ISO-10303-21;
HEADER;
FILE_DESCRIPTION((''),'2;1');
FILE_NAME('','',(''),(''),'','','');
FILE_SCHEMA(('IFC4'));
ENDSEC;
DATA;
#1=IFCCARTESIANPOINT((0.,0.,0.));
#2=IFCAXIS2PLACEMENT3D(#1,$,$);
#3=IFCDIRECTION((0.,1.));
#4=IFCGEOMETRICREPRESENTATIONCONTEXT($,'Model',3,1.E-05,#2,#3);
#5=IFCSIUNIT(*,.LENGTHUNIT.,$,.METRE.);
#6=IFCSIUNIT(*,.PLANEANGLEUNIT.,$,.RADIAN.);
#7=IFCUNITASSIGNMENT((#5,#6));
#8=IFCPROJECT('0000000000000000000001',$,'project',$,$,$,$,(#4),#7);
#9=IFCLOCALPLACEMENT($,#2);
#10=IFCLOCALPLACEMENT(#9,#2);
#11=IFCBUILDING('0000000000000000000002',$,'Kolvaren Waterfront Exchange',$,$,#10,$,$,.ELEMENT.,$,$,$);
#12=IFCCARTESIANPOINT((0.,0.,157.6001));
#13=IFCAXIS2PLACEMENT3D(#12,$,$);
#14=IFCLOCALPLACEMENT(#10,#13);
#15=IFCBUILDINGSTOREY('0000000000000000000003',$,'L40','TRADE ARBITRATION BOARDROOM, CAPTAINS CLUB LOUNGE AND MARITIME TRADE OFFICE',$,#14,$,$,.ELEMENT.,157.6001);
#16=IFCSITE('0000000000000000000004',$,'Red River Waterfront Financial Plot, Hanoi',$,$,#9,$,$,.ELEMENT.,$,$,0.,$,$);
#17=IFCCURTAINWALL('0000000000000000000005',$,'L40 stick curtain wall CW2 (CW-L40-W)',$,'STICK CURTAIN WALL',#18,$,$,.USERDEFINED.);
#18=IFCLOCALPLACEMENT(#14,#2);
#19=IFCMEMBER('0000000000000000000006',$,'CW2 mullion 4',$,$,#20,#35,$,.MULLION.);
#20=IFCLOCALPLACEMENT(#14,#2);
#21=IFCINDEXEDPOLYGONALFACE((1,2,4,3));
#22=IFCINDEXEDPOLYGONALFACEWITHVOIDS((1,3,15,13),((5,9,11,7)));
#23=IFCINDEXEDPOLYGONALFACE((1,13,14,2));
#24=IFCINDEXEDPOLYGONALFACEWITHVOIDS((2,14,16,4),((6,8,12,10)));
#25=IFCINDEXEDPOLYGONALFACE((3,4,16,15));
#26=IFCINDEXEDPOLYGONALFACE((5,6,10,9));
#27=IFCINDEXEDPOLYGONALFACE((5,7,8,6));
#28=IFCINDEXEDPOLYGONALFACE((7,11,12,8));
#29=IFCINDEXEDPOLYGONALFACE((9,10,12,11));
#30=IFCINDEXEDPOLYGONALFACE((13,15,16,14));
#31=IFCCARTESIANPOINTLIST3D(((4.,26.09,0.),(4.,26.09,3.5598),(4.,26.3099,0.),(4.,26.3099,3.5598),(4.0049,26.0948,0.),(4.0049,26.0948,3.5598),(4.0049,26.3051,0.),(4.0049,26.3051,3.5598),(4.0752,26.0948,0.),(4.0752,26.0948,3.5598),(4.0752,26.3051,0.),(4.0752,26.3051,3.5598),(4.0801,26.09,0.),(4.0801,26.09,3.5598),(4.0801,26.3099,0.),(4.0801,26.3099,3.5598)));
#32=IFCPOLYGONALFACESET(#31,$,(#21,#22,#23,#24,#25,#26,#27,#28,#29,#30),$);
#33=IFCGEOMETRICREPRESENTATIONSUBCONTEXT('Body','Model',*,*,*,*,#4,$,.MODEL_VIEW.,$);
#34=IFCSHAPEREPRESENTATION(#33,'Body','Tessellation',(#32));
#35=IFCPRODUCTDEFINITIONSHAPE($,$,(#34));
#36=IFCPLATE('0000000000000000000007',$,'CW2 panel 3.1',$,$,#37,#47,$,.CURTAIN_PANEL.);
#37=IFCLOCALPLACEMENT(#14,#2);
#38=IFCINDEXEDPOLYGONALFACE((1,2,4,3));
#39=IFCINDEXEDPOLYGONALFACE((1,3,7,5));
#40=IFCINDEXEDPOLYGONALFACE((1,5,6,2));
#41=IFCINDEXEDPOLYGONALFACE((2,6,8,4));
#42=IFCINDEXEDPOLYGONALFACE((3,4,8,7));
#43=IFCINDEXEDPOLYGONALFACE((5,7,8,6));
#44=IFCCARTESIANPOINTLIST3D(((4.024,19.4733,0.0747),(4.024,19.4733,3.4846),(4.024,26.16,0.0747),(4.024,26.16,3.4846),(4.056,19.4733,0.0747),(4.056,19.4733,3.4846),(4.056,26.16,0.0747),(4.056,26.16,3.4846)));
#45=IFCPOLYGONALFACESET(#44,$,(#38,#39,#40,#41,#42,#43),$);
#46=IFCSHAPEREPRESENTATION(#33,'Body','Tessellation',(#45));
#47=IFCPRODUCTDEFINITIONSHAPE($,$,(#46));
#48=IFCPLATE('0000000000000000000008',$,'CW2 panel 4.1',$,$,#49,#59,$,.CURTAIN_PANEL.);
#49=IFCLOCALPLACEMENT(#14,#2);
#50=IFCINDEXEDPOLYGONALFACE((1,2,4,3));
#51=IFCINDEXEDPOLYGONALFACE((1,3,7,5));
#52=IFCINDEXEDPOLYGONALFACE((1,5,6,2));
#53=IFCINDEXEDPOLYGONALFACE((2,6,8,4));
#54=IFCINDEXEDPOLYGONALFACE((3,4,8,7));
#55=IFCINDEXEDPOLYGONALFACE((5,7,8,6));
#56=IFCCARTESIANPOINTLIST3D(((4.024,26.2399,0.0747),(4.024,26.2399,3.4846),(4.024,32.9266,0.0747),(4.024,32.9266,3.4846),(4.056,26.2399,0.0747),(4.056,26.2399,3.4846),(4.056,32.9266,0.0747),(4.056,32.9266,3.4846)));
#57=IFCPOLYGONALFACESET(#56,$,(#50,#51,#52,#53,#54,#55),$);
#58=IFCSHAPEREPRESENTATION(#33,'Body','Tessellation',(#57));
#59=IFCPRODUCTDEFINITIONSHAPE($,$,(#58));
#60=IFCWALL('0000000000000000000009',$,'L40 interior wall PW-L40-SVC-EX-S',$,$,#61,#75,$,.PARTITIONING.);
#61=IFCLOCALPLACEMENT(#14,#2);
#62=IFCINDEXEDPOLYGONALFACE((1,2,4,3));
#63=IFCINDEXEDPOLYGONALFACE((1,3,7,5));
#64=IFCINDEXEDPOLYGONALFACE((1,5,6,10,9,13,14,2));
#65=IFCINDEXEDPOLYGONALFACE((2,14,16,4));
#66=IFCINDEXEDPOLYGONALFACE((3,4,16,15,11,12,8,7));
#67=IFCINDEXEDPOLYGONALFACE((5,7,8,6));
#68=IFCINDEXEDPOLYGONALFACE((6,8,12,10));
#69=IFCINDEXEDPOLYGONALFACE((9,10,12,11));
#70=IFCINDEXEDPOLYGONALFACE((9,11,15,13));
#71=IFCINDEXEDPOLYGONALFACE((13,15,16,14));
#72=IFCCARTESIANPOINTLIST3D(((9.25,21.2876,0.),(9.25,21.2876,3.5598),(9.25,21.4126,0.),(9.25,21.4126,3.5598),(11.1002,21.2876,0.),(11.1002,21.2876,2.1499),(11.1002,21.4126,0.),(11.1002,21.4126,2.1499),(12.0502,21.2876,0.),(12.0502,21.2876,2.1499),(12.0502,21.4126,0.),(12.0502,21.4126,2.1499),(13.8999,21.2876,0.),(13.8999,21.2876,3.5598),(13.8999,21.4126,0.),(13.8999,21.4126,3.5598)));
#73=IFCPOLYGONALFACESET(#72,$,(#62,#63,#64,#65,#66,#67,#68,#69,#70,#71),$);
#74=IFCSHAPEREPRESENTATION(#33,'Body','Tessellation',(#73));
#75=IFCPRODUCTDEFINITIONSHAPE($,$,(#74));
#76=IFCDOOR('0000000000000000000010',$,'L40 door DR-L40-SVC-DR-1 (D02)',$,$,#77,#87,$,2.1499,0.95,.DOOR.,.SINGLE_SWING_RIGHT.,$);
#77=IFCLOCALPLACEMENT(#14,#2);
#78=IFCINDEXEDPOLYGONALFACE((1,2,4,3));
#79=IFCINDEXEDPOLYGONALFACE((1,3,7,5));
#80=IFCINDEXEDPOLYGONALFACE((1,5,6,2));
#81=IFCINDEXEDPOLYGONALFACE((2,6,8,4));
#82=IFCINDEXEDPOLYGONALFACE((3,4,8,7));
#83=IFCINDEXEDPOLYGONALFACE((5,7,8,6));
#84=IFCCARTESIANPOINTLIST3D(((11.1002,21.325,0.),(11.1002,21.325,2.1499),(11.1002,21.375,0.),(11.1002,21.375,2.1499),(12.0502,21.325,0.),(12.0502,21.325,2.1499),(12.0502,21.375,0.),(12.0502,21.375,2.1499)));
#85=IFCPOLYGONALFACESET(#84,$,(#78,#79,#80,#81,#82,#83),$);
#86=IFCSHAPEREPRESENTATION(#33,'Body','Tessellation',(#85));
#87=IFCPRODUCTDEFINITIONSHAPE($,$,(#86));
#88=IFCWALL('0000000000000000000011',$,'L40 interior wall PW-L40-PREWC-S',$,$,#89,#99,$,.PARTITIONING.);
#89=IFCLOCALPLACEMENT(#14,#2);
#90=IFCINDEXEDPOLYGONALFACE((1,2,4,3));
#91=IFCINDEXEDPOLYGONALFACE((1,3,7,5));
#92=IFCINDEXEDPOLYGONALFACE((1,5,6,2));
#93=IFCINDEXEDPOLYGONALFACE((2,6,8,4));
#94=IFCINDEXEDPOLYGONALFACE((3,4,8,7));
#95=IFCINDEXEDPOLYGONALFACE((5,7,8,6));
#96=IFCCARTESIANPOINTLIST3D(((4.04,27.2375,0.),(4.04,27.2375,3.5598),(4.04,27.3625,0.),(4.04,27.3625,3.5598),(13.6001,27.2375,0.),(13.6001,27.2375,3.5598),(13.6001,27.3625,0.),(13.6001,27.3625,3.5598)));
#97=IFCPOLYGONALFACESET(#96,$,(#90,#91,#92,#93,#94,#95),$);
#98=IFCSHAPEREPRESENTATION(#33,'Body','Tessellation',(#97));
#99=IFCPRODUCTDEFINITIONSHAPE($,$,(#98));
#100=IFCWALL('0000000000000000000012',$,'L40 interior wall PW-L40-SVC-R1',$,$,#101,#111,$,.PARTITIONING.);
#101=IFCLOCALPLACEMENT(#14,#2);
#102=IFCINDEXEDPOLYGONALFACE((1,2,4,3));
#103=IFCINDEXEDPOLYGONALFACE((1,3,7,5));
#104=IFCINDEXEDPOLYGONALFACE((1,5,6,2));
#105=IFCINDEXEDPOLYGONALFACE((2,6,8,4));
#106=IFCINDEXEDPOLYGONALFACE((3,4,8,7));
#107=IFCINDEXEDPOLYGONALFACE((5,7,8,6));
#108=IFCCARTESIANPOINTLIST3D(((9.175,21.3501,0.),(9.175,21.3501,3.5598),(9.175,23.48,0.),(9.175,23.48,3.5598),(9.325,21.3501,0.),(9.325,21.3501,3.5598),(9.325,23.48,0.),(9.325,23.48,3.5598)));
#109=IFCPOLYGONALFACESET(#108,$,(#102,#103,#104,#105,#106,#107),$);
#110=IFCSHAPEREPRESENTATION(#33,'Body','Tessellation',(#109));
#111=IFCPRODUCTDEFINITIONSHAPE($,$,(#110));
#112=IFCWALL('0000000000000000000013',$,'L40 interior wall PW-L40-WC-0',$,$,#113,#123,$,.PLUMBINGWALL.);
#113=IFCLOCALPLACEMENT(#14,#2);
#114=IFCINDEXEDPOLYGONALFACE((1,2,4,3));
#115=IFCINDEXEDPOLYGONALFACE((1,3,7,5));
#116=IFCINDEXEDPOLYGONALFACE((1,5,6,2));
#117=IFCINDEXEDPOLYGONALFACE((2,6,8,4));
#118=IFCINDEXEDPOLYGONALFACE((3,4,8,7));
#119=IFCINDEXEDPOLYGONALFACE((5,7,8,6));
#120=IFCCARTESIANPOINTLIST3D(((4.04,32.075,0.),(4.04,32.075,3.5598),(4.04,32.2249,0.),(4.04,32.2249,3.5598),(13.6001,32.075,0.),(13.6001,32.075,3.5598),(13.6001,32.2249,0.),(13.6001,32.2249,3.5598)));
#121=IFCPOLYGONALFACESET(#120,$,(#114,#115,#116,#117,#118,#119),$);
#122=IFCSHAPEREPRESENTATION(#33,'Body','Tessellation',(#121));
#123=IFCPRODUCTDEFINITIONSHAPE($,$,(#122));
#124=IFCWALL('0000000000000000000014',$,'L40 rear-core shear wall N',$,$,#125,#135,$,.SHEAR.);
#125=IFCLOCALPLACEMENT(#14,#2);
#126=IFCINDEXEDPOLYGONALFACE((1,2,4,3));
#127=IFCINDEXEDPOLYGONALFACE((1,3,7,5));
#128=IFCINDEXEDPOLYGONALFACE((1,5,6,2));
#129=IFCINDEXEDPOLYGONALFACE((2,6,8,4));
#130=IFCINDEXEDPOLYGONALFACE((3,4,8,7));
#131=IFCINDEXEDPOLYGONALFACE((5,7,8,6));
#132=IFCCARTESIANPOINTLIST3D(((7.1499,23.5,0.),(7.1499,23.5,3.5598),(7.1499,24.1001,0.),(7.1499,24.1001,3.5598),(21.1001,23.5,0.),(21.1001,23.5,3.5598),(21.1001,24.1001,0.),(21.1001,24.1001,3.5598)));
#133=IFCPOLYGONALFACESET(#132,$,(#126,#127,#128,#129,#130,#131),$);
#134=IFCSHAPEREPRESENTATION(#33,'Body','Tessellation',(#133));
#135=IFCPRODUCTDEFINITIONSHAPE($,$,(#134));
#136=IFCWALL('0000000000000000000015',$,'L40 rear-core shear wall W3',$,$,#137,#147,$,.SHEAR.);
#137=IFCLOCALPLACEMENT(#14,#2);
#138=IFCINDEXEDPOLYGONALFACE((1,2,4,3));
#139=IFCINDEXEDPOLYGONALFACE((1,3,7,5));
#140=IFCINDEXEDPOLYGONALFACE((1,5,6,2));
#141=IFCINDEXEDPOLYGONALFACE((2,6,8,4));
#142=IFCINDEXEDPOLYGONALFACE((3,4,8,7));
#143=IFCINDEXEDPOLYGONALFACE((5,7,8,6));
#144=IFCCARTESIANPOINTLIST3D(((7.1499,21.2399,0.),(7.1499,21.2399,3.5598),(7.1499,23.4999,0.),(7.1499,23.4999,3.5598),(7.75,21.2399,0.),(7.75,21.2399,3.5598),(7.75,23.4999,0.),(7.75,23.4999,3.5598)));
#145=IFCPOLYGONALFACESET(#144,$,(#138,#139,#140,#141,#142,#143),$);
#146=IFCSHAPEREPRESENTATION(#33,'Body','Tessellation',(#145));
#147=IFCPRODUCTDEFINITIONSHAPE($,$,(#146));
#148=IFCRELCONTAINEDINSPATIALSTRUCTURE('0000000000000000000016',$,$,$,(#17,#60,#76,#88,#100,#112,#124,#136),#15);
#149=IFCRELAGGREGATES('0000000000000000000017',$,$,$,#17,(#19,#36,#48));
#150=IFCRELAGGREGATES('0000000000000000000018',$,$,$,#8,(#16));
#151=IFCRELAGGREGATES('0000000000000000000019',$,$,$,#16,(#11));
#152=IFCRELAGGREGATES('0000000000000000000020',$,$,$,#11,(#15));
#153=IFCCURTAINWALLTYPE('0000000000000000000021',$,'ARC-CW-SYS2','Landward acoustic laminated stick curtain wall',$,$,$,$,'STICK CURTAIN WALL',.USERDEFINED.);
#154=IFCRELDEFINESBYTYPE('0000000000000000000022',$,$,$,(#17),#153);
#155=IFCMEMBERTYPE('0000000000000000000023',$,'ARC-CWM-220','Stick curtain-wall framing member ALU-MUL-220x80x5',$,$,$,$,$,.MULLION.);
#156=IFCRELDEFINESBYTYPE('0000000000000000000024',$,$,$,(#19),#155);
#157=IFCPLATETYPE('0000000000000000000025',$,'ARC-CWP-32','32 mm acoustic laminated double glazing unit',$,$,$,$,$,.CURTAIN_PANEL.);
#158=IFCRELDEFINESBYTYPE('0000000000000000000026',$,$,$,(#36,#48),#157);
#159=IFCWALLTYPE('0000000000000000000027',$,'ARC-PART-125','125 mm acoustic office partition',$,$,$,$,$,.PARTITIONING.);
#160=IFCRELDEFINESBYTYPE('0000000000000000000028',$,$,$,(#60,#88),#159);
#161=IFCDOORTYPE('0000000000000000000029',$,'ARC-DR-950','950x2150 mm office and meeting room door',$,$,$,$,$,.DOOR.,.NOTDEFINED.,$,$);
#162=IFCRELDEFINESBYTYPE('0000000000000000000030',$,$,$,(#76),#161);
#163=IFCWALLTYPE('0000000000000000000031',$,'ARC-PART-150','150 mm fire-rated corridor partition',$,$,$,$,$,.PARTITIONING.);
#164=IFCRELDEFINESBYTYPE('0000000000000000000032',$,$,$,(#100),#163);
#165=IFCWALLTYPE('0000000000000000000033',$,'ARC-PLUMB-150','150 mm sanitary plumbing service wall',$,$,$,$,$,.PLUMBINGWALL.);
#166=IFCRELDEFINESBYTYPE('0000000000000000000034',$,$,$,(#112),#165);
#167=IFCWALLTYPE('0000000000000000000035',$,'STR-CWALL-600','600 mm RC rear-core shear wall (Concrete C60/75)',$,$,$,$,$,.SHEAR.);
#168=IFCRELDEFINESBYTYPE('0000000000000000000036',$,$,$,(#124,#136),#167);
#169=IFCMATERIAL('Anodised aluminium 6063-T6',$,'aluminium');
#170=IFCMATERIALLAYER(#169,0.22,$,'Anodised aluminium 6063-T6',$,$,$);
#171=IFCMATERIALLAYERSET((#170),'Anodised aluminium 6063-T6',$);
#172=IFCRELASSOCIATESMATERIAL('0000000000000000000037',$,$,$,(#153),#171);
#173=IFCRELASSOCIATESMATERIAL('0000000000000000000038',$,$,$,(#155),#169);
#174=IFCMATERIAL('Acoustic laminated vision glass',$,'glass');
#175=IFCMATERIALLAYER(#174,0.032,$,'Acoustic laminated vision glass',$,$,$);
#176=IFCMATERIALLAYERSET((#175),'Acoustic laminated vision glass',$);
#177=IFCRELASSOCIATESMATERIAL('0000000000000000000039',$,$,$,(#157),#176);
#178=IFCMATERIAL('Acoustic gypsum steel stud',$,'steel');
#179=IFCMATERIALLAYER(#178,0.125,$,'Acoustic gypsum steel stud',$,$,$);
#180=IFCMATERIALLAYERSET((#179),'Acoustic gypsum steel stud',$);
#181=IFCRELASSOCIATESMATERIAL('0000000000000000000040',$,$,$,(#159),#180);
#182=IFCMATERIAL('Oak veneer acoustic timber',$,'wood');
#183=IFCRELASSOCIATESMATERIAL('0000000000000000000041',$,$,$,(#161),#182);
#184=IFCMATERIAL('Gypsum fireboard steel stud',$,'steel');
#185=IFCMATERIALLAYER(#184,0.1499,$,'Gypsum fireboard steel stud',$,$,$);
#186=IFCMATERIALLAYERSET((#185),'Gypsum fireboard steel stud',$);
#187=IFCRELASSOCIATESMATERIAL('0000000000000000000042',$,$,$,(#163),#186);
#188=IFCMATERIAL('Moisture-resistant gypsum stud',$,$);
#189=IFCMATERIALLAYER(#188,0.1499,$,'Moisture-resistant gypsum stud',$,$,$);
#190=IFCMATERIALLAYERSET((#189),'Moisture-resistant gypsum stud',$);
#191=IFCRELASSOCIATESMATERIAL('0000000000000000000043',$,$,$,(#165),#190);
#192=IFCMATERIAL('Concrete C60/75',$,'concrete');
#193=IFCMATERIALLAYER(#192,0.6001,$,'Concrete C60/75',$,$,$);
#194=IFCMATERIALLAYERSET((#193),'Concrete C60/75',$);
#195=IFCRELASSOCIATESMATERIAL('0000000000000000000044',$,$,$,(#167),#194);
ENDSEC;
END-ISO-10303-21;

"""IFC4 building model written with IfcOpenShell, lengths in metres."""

from ifc_helpers import new_model, si_unit, direction, frame, frame_2d, origin, origin_with_axes, origin_2d, place, context, subcontext, project, spatial, rectangle, hollow_rectangle, extrude, source, transform, mapped, material, layer, layer_set, material_profile, profile_set, type_object, element, fill, aggregate, save


model = new_model("IFC4")

# Units and contexts
model_context = context("Model", 3, precision=1e-05, world=origin(), true_north=direction((0.0, 1.0)))
body_context = subcontext(model_context, "Body", "Model", "MODEL_VIEW")
ifc_project = project(units=[si_unit("LENGTHUNIT", "METRE"), si_unit("PLANEANGLEUNIT", "RADIAN")], contexts=[model_context])

# Site, building, storey
site_placement = place(None, origin())
site = spatial("IfcSite", under=ifc_project, at=site_placement, Name="Red River Waterfront Financial Plot, Hanoi", CompositionType="ELEMENT", RefElevation=0.0)
building_placement = place(site_placement, origin())
building = spatial("IfcBuilding", under=site, at=building_placement, Name="Kolvaren Waterfront Exchange", CompositionType="ELEMENT")
storey_placement = place(building_placement, frame((0.0, 0.0, 157.6001)))
storey = spatial("IfcBuildingStorey", under=building, at=storey_placement, Name="L40", Description="TRADE ARBITRATION BOARDROOM, CAPTAINS CLUB LOUNGE AND MARITIME TRADE OFFICE", CompositionType="ELEMENT", Elevation=157.6001)

# Shared definitions
ifc_material_1 = material(Name="Concrete C60/75", Category="concrete")

# Curtain wall, member, plates
ifc_material_2 = material(Name="Anodised aluminium 6063-T6", Category="aluminium")
ifc_layer_1 = layer(ifc_material_2, 0.22, Name="Anodised aluminium 6063-T6")
ifc_layer_set_1 = layer_set([ifc_layer_1], Name="Anodised aluminium 6063-T6")
curtain_wall_type = type_object("IfcCurtainWallType", Name="ARC-CW-SYS2", Description="Landward acoustic laminated stick curtain wall", ElementType="STICK CURTAIN WALL", PredefinedType="USERDEFINED", material=ifc_layer_set_1)
curtain_wall_placement = place(storey_placement, origin())
curtain_wall = element("IfcCurtainWall", 1, at=curtain_wall_placement, inside=storey, type_object=curtain_wall_type, Name="L40 stick curtain wall CW2 (CW-L40-W)", ObjectType="STICK CURTAIN WALL", PredefinedType="USERDEFINED")
ifc_material_profile_1 = material_profile(ifc_material_2, hollow_rectangle(XDim=0.0801, YDim=0.22, WallThickness=0.0049, at=origin_2d()), Name="ALU-MUL-220x80x5")
ifc_profile_set_1 = profile_set([ifc_material_profile_1], Name="Anodised aluminium 6063-T6")
member_type_1 = type_object("IfcMemberType", Name="ARC-CWM-220", Description="Stick curtain-wall framing member ALU-MUL-220x80x5", PredefinedType="MULLION", material=ifc_profile_set_1)
shared_shape_1 = source(origin_with_axes(), body_context, "Body", "SweptSolid", [
    extrude(hollow_rectangle(XDim=0.0801, YDim=0.22, WallThickness=0.0049, at=origin_2d()), origin(), (0.0, 0.0, 1.0), 3.5598),
])
member_1_placement = place(storey_placement, frame((4.04, 26.2, 0.0), z_axis=(0.0, 0.0, 1.0), x_axis=(-1.0, 0.0, 0.0)))
member_1 = element("IfcMember", 2, at=member_1_placement, type_object=member_type_1, Name="CW2 mullion 4", PredefinedType="MULLION", context=body_context, shape_type="MappedRepresentation", body=[
    mapped(shared_shape_1, transform((0.0, 0.0, 0.0), x_axis=(1.0, 0.0, 0.0), y_axis=(0.0, 1.0, 0.0), z_axis=(0.0, 0.0, 1.0), scale=1.0)),
])
ifc_material_3 = material(Name="Acoustic laminated vision glass", Category="glass")
ifc_layer_2 = layer(ifc_material_3, 0.032, Name="Acoustic laminated vision glass")
ifc_layer_set_2 = layer_set([ifc_layer_2], Name="Acoustic laminated vision glass")
plate_type = type_object("IfcPlateType", Name="ARC-CWP-32", Description="32 mm acoustic laminated double glazing unit", PredefinedType="CURTAIN_PANEL", material=ifc_layer_set_2)
shared_shape_2 = source(origin_with_axes(), body_context, "Body", "SweptSolid", [
    extrude(rectangle(XDim=6.6868, YDim=0.032, at=origin_2d()), origin(), (0.0, 0.0, 1.0), 3.4099),
])
plate_1_placement = place(storey_placement, frame((4.04, 22.8167, 0.0747), z_axis=(0.0, 0.0, 1.0), x_axis=(0.0, 1.0, 0.0)))
plate_1 = element("IfcPlate", 3, at=plate_1_placement, type_object=plate_type, Name="CW2 panel 3.1", PredefinedType="CURTAIN_PANEL", context=body_context, shape_type="MappedRepresentation", body=[
    mapped(shared_shape_2, transform((0.0, 0.0, 0.0), x_axis=(1.0, 0.0, 0.0), y_axis=(0.0, 1.0, 0.0), z_axis=(0.0, 0.0, 1.0), scale=1.0)),
])
plate_2_placement = place(storey_placement, frame((4.04, 29.5833, 0.0747), z_axis=(0.0, 0.0, 1.0), x_axis=(0.0, 1.0, 0.0)))
plate_2 = element("IfcPlate", 4, at=plate_2_placement, type_object=plate_type, Name="CW2 panel 4.1", PredefinedType="CURTAIN_PANEL", context=body_context, shape_type="MappedRepresentation", body=[
    mapped(shared_shape_2, transform((0.0, 0.0, 0.0), x_axis=(1.0, 0.0, 0.0), y_axis=(0.0, 1.0, 0.0), z_axis=(0.0, 0.0, 1.0), scale=1.0)),
])
aggregate(curtain_wall, [member_1, plate_1, plate_2])

# Wall, opening, door
ifc_material_4 = material(Name="Acoustic gypsum steel stud", Category="steel")
ifc_layer_3 = layer(ifc_material_4, 0.125, Name="Acoustic gypsum steel stud")
ifc_layer_set_3 = layer_set([ifc_layer_3], Name="Acoustic gypsum steel stud")
wall_type_1 = type_object("IfcWallType", Name="ARC-PART-125", Description="125 mm acoustic office partition", PredefinedType="PARTITIONING", material=ifc_layer_set_3)
wall_1_placement = place(storey_placement, frame((9.25, 21.3501, 0.0), z_axis=(0.0, 0.0, 1.0), x_axis=(1.0, 0.0, 0.0)))
wall_1 = element("IfcWall", 5, at=wall_1_placement, inside=storey, type_object=wall_type_1, Name="L40 interior wall PW-L40-SVC-EX-S", PredefinedType="PARTITIONING", context=body_context, shape_type="SweptSolid", body=[
    extrude(rectangle(XDim=4.6499, YDim=0.125, at=frame_2d((2.325, 0.0))), origin(), (0.0, 0.0, 1.0), 3.5598),
])
opening_1_placement = place(wall_1_placement, frame((1.8501, 0.0, 0.0)))
opening_1 = element("IfcOpeningElement", 6, at=opening_1_placement, cuts=wall_1, PredefinedType="OPENING", context=body_context, shape_type="SweptSolid", body=[
    extrude(rectangle(XDim=0.95, YDim=2.1499, at=frame_2d((0.4751, 1.075))), frame((0.0, 0.0725, 0.0), z_axis=(0.0, -1.0, 0.0), x_axis=(1.0, 0.0, 0.0)), (0.0, 0.0, 1.0), 0.145),
])
ifc_material_5 = material(Name="Oak veneer acoustic timber", Category="wood")
door_type_1 = type_object("IfcDoorType", Name="ARC-DR-950", Description="950x2150 mm office and meeting room door", OperationType="NOTDEFINED", PredefinedType="DOOR", material=ifc_material_5)
door_1_placement = place(opening_1_placement, origin())
door_1 = element("IfcDoor", 7, at=door_1_placement, inside=storey, type_object=door_type_1, Name="L40 door DR-L40-SVC-DR-1 (D02)", OperationType="SINGLE_SWING_RIGHT", OverallHeight=2.1499, OverallWidth=0.95, PredefinedType="DOOR", context=body_context, shape_type="SweptSolid", body=[
    extrude(rectangle(XDim=0.95, YDim=2.1499, at=frame_2d((0.4751, 1.075))), frame((0.0, 0.0249, 0.0), z_axis=(0.0, -1.0, 0.0), x_axis=(1.0, 0.0, 0.0)), (0.0, 0.0, 1.0), 0.05),
])
fill(opening_1, door_1)

# Walls
wall_2_placement = place(storey_placement, frame((4.04, 27.3, 0.0), z_axis=(0.0, 0.0, 1.0), x_axis=(1.0, 0.0, 0.0)))
element("IfcWall", 8, at=wall_2_placement, inside=storey, type_object=wall_type_1, Name="L40 interior wall PW-L40-PREWC-S", PredefinedType="PARTITIONING", context=body_context, shape_type="SweptSolid", body=[
    extrude(rectangle(XDim=9.5601, YDim=0.125, at=frame_2d((4.78, 0.0))), origin(), (0.0, 0.0, 1.0), 3.5598),
])
ifc_material_6 = material(Name="Gypsum fireboard steel stud", Category="steel")
ifc_layer_4 = layer(ifc_material_6, 0.1499, Name="Gypsum fireboard steel stud")
ifc_layer_set_4 = layer_set([ifc_layer_4], Name="Gypsum fireboard steel stud")
wall_type_2 = type_object("IfcWallType", Name="ARC-PART-150", Description="150 mm fire-rated corridor partition", PredefinedType="PARTITIONING", material=ifc_layer_set_4)
wall_3_placement = place(storey_placement, frame((9.25, 21.3501, 0.0), z_axis=(0.0, 0.0, 1.0), x_axis=(0.0, 1.0, 0.0)))
element("IfcWall", 9, at=wall_3_placement, inside=storey, type_object=wall_type_2, Name="L40 interior wall PW-L40-SVC-R1", PredefinedType="PARTITIONING", context=body_context, shape_type="SweptSolid", body=[
    extrude(rectangle(XDim=2.1299, YDim=0.1499, at=frame_2d((1.0649, 0.0))), origin(), (0.0, 0.0, 1.0), 3.5598),
])

# Walls
ifc_material_7 = material(Name="Moisture-resistant gypsum stud")
ifc_layer_5 = layer(ifc_material_7, 0.1499, Name="Moisture-resistant gypsum stud")
ifc_layer_set_5 = layer_set([ifc_layer_5], Name="Moisture-resistant gypsum stud")
wall_type_3 = type_object("IfcWallType", Name="ARC-PLUMB-150", Description="150 mm sanitary plumbing service wall", PredefinedType="PLUMBINGWALL", material=ifc_layer_set_5)
wall_4_placement = place(storey_placement, frame((4.04, 32.1499, 0.0), z_axis=(0.0, 0.0, 1.0), x_axis=(1.0, 0.0, 0.0)))
element("IfcWall", 10, at=wall_4_placement, inside=storey, type_object=wall_type_3, Name="L40 interior wall PW-L40-WC-0", PredefinedType="PLUMBINGWALL", context=body_context, shape_type="SweptSolid", body=[
    extrude(rectangle(XDim=9.5601, YDim=0.1499, at=frame_2d((4.78, 0.0))), origin(), (0.0, 0.0, 1.0), 3.5598),
])
ifc_layer_6 = layer(ifc_material_1, 0.6001, Name="Concrete C60/75")
ifc_layer_set_6 = layer_set([ifc_layer_6], Name="Concrete C60/75")
wall_type_4 = type_object("IfcWallType", Name="STR-CWALL-600", Description="600 mm RC rear-core shear wall (Concrete C60/75)", PredefinedType="SHEAR", material=ifc_layer_set_6)
wall_5_placement = place(storey_placement, frame((7.1499, 23.8, 0.0), z_axis=(0.0, 0.0, 1.0), x_axis=(1.0, 0.0, 0.0)))
element("IfcWall", 11, at=wall_5_placement, inside=storey, type_object=wall_type_4, Name="L40 rear-core shear wall N", PredefinedType="SHEAR", context=body_context, shape_type="SweptSolid", body=[
    extrude(rectangle(XDim=13.9502, YDim=0.6001, at=frame_2d((6.9751, 0.0))), origin(), (0.0, 0.0, 1.0), 3.5598),
])
wall_6_placement = place(storey_placement, frame((7.45, 21.24, 0.0), z_axis=(0.0, 0.0, 1.0), x_axis=(0.0, 1.0, 0.0)))
element("IfcWall", 12, at=wall_6_placement, inside=storey, type_object=wall_type_4, Name="L40 rear-core shear wall W3", PredefinedType="SHEAR", context=body_context, shape_type="SweptSolid", body=[
    extrude(rectangle(XDim=2.26, YDim=0.6001, at=frame_2d((1.1299, 0.0))), origin(), (0.0, 0.0, 1.0), 3.5598),
])

save(model, "model.ifc")
